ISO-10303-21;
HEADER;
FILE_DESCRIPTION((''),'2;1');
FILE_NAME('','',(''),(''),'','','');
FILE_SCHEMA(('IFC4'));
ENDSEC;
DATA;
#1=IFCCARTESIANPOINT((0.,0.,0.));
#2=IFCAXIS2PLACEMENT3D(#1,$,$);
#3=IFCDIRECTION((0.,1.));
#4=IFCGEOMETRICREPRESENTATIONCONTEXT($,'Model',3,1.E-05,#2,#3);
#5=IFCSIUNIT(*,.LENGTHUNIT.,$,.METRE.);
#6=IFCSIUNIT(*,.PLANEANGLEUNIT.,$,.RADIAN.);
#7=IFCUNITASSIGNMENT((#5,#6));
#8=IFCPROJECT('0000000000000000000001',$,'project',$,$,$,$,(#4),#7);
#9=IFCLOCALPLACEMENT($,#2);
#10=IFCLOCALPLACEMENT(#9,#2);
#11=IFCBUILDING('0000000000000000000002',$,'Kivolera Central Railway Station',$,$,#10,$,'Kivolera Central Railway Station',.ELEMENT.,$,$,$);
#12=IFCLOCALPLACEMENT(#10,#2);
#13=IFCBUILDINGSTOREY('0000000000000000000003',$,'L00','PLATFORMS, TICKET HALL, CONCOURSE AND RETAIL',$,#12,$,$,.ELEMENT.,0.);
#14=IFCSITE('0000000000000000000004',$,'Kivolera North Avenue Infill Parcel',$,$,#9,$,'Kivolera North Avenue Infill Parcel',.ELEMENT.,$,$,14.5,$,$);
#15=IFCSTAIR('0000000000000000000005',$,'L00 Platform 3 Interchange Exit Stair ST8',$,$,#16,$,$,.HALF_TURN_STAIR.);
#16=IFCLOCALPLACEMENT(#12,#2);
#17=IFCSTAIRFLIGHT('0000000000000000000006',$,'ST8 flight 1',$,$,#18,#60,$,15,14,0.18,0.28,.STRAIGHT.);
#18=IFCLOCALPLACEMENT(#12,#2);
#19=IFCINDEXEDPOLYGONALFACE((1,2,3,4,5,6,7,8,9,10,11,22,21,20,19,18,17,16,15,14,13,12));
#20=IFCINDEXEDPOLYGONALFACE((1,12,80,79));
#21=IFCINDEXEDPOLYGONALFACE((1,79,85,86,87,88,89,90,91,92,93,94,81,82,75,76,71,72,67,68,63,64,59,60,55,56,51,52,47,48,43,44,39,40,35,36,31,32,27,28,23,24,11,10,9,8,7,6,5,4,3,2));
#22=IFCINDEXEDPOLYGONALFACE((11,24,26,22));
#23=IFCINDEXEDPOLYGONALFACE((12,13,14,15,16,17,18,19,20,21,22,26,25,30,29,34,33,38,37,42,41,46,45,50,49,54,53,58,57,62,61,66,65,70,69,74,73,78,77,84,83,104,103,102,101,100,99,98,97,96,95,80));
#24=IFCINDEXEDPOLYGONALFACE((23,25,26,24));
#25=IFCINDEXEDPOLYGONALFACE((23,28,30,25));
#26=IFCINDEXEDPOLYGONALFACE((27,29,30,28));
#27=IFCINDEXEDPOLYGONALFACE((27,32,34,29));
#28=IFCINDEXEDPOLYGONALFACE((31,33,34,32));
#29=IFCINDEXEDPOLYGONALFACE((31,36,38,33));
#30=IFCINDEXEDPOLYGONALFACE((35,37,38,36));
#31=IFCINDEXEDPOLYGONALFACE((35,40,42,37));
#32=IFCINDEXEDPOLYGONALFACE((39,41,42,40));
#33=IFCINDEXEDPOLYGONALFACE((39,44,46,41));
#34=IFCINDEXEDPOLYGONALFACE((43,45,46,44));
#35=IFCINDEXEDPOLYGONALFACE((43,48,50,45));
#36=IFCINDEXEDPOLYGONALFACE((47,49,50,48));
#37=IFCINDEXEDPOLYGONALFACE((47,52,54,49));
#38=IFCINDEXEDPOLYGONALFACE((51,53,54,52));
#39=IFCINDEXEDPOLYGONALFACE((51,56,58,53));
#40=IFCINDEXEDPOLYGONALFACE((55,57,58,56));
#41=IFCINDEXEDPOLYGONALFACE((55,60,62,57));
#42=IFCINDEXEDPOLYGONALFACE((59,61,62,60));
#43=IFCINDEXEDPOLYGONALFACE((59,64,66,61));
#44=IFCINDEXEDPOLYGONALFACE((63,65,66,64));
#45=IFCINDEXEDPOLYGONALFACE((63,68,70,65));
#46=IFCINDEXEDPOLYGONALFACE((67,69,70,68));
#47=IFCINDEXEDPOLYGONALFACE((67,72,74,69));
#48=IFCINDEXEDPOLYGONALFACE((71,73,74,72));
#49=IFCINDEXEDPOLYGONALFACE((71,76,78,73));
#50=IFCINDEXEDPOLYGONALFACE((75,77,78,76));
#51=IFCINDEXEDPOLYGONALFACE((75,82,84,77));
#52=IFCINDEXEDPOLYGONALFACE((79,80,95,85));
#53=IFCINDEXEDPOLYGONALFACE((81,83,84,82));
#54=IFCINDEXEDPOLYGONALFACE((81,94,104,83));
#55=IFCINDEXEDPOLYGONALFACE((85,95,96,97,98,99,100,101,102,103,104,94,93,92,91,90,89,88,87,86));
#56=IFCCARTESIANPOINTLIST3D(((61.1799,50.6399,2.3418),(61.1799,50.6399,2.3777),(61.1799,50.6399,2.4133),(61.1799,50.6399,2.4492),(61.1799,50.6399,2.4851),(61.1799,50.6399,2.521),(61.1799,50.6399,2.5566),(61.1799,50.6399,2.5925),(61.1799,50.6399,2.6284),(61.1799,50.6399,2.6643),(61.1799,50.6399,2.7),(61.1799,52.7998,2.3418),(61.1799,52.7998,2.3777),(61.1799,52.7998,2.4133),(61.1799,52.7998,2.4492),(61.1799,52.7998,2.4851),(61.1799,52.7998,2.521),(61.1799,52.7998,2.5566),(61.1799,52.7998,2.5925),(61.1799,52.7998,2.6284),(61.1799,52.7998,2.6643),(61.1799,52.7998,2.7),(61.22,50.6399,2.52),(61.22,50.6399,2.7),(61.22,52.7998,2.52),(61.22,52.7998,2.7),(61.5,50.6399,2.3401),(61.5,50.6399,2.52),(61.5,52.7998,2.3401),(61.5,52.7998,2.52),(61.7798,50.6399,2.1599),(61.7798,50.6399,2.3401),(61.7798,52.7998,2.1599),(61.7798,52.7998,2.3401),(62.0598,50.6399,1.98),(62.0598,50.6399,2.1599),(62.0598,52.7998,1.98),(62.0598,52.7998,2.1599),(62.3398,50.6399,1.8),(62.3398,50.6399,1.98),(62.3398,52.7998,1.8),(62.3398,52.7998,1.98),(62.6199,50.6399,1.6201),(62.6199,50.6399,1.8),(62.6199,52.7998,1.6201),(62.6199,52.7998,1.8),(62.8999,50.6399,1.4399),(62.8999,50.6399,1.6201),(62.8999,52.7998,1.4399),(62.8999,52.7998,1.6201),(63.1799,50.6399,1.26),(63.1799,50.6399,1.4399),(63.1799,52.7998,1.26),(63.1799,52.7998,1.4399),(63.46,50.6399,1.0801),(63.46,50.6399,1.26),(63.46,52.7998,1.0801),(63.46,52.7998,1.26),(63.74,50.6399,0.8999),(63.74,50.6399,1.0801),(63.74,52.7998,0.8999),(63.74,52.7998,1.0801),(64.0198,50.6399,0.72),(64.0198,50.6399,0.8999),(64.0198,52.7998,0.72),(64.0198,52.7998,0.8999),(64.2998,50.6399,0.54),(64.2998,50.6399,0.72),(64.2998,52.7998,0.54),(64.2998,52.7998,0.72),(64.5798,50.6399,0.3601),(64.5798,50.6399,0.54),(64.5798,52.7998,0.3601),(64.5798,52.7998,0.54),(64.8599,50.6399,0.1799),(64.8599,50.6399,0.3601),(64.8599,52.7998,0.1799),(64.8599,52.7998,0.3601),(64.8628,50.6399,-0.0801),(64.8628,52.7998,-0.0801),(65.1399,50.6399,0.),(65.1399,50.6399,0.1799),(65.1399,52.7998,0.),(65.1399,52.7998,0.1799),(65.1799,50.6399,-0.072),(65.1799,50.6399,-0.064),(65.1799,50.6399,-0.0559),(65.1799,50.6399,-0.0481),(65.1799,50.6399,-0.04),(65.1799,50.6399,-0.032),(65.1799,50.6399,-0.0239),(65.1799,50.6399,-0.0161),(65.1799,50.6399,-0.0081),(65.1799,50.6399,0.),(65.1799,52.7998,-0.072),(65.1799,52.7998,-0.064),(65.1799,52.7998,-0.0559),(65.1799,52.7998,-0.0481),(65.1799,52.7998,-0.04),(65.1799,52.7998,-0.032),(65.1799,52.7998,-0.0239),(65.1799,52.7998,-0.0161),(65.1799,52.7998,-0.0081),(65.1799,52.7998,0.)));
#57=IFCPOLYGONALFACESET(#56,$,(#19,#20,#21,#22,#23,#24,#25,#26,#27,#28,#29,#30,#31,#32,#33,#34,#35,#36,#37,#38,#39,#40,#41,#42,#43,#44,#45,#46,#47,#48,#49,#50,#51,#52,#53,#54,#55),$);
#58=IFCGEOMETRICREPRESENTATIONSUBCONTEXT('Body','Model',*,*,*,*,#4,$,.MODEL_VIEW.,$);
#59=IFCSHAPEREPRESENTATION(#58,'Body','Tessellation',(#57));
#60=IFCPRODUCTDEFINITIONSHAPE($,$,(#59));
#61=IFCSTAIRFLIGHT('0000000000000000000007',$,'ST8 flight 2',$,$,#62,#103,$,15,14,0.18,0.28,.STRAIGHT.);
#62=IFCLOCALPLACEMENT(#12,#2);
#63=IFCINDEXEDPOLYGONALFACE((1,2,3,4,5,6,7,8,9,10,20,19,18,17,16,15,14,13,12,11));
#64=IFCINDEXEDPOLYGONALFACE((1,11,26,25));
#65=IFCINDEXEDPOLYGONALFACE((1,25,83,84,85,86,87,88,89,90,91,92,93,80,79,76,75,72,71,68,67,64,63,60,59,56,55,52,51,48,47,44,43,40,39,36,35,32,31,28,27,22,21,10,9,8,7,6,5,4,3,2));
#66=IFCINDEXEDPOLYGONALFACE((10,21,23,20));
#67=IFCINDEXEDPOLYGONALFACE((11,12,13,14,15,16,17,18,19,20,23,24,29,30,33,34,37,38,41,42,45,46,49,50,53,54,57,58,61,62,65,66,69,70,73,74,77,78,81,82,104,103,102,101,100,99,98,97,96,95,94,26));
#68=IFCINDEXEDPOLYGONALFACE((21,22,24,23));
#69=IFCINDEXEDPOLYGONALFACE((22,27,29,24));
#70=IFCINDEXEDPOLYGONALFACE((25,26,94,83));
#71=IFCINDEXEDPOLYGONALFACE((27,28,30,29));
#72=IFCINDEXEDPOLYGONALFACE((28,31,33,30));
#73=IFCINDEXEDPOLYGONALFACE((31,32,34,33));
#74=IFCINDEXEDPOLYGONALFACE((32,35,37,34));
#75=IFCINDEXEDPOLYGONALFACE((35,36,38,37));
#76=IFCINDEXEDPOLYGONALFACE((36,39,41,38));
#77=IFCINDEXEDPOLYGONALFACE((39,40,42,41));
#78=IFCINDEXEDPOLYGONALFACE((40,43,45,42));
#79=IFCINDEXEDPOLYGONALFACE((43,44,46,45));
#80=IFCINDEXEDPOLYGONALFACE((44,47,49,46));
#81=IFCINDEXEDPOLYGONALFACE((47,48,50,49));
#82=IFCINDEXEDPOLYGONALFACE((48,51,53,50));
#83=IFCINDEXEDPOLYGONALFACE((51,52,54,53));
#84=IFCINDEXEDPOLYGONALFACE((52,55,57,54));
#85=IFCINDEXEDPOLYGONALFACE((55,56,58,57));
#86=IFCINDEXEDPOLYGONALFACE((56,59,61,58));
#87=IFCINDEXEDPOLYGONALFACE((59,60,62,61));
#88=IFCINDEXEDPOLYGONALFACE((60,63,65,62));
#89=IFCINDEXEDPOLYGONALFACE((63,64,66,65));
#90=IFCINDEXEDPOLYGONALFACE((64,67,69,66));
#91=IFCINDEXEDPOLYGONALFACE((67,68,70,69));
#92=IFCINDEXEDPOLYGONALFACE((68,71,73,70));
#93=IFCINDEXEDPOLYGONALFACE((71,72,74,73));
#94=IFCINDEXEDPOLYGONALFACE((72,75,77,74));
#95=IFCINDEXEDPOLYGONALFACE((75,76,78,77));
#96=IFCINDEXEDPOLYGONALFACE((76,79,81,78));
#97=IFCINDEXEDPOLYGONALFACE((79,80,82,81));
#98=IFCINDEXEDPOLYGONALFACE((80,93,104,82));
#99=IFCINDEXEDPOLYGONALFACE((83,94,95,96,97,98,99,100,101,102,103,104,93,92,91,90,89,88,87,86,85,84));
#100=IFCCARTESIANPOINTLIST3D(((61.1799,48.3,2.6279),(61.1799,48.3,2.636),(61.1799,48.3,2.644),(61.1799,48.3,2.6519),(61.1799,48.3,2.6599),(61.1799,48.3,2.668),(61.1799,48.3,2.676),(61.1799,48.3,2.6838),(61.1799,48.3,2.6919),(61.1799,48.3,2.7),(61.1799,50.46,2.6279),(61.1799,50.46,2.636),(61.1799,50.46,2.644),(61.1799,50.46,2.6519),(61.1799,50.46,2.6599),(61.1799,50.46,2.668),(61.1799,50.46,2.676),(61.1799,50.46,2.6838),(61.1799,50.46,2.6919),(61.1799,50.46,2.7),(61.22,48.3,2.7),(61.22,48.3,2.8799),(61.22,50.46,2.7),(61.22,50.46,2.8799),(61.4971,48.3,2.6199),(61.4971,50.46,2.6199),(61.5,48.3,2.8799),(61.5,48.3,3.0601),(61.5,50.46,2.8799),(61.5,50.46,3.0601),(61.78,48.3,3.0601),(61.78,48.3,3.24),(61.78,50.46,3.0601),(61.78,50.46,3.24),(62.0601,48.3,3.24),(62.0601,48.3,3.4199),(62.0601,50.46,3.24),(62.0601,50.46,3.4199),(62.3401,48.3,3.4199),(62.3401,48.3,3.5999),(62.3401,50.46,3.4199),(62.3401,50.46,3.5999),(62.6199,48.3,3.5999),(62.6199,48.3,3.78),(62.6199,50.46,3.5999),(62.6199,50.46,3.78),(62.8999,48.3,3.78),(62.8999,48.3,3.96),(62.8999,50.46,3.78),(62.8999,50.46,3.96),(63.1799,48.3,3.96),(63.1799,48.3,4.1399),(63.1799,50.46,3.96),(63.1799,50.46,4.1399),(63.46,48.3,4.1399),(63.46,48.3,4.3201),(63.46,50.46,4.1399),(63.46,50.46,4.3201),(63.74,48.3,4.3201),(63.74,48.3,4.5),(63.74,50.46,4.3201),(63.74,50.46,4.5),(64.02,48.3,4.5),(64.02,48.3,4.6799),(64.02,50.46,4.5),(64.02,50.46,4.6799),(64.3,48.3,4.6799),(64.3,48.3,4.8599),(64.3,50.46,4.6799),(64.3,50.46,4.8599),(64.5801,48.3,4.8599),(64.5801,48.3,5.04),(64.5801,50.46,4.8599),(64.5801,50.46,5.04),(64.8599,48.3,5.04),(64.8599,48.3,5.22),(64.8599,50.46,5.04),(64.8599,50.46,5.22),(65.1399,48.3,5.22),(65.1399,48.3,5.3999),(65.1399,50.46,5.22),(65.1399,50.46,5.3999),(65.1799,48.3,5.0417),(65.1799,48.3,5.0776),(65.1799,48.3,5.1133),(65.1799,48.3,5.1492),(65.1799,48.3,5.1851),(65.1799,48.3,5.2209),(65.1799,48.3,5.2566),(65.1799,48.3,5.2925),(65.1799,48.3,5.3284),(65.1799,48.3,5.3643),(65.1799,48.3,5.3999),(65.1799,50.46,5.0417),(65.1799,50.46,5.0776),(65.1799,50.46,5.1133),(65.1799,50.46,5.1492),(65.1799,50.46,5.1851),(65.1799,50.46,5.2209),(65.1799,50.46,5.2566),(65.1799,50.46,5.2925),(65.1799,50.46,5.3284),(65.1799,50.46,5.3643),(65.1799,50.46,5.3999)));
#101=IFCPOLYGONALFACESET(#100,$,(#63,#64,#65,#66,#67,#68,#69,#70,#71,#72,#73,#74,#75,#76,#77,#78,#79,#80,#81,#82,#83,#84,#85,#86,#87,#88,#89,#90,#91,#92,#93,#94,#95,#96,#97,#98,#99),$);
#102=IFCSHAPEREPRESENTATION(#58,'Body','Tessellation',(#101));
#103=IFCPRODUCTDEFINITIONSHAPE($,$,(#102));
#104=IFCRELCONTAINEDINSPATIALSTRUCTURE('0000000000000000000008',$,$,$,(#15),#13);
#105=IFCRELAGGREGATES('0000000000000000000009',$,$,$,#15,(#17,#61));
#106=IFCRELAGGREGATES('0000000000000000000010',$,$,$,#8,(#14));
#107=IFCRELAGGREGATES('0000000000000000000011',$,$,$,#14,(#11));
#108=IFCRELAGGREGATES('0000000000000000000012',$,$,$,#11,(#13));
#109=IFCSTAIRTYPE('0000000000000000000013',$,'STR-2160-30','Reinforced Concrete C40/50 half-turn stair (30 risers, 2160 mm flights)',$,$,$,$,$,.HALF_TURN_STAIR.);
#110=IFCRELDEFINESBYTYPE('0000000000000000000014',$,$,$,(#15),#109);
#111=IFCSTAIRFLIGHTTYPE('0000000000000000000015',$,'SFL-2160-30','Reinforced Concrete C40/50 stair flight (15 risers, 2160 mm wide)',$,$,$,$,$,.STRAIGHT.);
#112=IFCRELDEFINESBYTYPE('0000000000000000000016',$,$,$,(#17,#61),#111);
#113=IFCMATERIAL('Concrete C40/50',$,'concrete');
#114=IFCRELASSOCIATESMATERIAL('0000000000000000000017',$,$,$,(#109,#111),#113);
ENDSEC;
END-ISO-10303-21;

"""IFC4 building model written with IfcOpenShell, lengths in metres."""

from ifc_helpers import new_model, si_unit, direction, frame, origin, place, context, subcontext, project, spatial, polyline, outline, extrude, material, type_object, element, aggregate, save


model = new_model("IFC4")

# Units and contexts
model_context = context("Model", 3, precision=1e-05, world=origin(), true_north=direction((0.0, 1.0)))
body_context = subcontext(model_context, "Body", "Model", "MODEL_VIEW")
ifc_project = project(units=[si_unit("LENGTHUNIT", "METRE"), si_unit("PLANEANGLEUNIT", "RADIAN")], contexts=[model_context])

# Site, building, storey
site_placement = place(None, origin())
site = spatial("IfcSite", under=ifc_project, at=site_placement, Name="Kivolera North Avenue Infill Parcel", LongName="Kivolera North Avenue Infill Parcel", CompositionType="ELEMENT", RefElevation=14.5)
building_placement = place(site_placement, origin())
building = spatial("IfcBuilding", under=site, at=building_placement, Name="Kivolera Central Railway Station", LongName="Kivolera Central Railway Station", CompositionType="ELEMENT")
storey_placement = place(building_placement, origin())
storey = spatial("IfcBuildingStorey", under=building, at=storey_placement, Name="L00", Description="PLATFORMS, TICKET HALL, CONCOURSE AND RETAIL", CompositionType="ELEMENT", Elevation=0.0)

# Shared definitions
ifc_material_1 = material(Name="Concrete C40/50", Category="concrete")

# Stair, stair flights
stair_type = type_object("IfcStairType", Name="STR-2160-30", Description="Reinforced Concrete C40/50 half-turn stair (30 risers, 2160 mm flights)", PredefinedType="HALF_TURN_STAIR", material=ifc_material_1)
stair_placement = place(storey_placement, origin())
stair = element("IfcStair", 1, at=stair_placement, inside=storey, type_object=stair_type, Name="L00 Platform 3 Interchange Exit Stair ST8", PredefinedType="HALF_TURN_STAIR")
stair_flight_type = type_object("IfcStairFlightType", Name="SFL-2160-30", Description="Reinforced Concrete C40/50 stair flight (15 risers, 2160 mm wide)", PredefinedType="STRAIGHT", material=ifc_material_1)
stair_flight_1_placement = place(storey_placement, frame((65.1399, 51.72, 0.0), z_axis=(0.0, 0.0, 1.0), x_axis=(-1.0, 0.0, 0.0)))
stair_flight_1 = element("IfcStairFlight", 2, at=stair_flight_1_placement, type_object=stair_flight_type, Name="ST8 flight 1", NumberOfRisers=15, NumberOfTreads=14, PredefinedType="STRAIGHT", RiserHeight=0.18, TreadLength=0.28, context=body_context, shape_type="SweptSolid", body=[
    extrude(outline(polyline([(-0.04, 0.0), (0.0, 0.0), (0.0, 0.1799), (0.28, 0.1799), (0.28, 0.3601), (0.5601, 0.3601), (0.5601, 0.54), (0.8401, 0.54), (0.8401, 0.72), (1.1201, 0.72), (1.1201, 0.8999), (1.3999, 0.8999), (1.3999, 1.0801), (1.6799, 1.0801), (1.6799, 1.26), (1.96, 1.26), (1.96, 1.4399), (2.24, 1.4399), (2.24, 1.6201), (2.52, 1.6201), (2.52, 1.8), (2.8, 1.8), (2.8, 1.98), (3.0801, 1.98), (3.0801, 2.1599), (3.3601, 2.1599), (3.3601, 2.3401), (3.6399, 2.3401), (3.6399, 2.52), (3.9199, 2.52), (3.9199, 2.7), (3.96, 2.7), (3.96, 2.6643), (3.96, 2.6284), (3.96, 2.5925), (3.96, 2.5566), (3.96, 2.521), (3.96, 2.4851), (3.96, 2.4492), (3.96, 2.4133), (3.96, 2.3777), (3.96, 2.3418), (0.2771, -0.0801), (-0.04, -0.072), (-0.04, -0.064), (-0.04, -0.0559), (-0.04, -0.0481), (-0.04, -0.04), (-0.04, -0.032), (-0.04, -0.0239), (-0.04, -0.0161), (-0.04, -0.0081), (-0.04, 0.0)])), frame((0.0, 1.0801, 0.0), z_axis=(0.0, -1.0, 0.0), x_axis=(1.0, 0.0, 0.0)), (0.0, 0.0, 1.0), 2.1599),
])
stair_flight_2_placement = place(storey_placement, frame((61.22, 49.3799, 2.7), z_axis=(0.0, 0.0, 1.0), x_axis=(1.0, 0.0, 0.0)))
stair_flight_2 = element("IfcStairFlight", 3, at=stair_flight_2_placement, type_object=stair_flight_type, Name="ST8 flight 2", NumberOfRisers=15, NumberOfTreads=14, PredefinedType="STRAIGHT", RiserHeight=0.18, TreadLength=0.28, context=body_context, shape_type="SweptSolid", body=[
    extrude(outline(polyline([(-0.04, 0.0), (0.0, 0.0), (0.0, 0.1799), (0.28, 0.1799), (0.28, 0.3601), (0.5601, 0.3601), (0.5601, 0.54), (0.8401, 0.54), (0.8401, 0.72), (1.1201, 0.72), (1.1201, 0.8999), (1.3999, 0.8999), (1.3999, 1.0801), (1.6799, 1.0801), (1.6799, 1.26), (1.96, 1.26), (1.96, 1.4399), (2.24, 1.4399), (2.24, 1.6201), (2.52, 1.6201), (2.52, 1.8), (2.8, 1.8), (2.8, 1.98), (3.0801, 1.98), (3.0801, 2.1599), (3.3601, 2.1599), (3.3601, 2.3401), (3.6399, 2.3401), (3.6399, 2.52), (3.9199, 2.52), (3.9199, 2.7), (3.96, 2.7), (3.96, 2.6643), (3.96, 2.6284), (3.96, 2.5925), (3.96, 2.5566), (3.96, 2.521), (3.96, 2.4851), (3.96, 2.4492), (3.96, 2.4133), (3.96, 2.3777), (3.96, 2.3418), (0.2771, -0.0801), (-0.04, -0.072), (-0.04, -0.064), (-0.04, -0.0559), (-0.04, -0.0481), (-0.04, -0.04), (-0.04, -0.032), (-0.04, -0.0239), (-0.04, -0.0161), (-0.04, -0.0081), (-0.04, 0.0)])), frame((0.0, 1.0801, 0.0), z_axis=(0.0, -1.0, 0.0), x_axis=(1.0, 0.0, 0.0)), (0.0, 0.0, 1.0), 2.1599),
])
aggregate(stair, [stair_flight_1, stair_flight_2])

save(model, "model.ifc")
